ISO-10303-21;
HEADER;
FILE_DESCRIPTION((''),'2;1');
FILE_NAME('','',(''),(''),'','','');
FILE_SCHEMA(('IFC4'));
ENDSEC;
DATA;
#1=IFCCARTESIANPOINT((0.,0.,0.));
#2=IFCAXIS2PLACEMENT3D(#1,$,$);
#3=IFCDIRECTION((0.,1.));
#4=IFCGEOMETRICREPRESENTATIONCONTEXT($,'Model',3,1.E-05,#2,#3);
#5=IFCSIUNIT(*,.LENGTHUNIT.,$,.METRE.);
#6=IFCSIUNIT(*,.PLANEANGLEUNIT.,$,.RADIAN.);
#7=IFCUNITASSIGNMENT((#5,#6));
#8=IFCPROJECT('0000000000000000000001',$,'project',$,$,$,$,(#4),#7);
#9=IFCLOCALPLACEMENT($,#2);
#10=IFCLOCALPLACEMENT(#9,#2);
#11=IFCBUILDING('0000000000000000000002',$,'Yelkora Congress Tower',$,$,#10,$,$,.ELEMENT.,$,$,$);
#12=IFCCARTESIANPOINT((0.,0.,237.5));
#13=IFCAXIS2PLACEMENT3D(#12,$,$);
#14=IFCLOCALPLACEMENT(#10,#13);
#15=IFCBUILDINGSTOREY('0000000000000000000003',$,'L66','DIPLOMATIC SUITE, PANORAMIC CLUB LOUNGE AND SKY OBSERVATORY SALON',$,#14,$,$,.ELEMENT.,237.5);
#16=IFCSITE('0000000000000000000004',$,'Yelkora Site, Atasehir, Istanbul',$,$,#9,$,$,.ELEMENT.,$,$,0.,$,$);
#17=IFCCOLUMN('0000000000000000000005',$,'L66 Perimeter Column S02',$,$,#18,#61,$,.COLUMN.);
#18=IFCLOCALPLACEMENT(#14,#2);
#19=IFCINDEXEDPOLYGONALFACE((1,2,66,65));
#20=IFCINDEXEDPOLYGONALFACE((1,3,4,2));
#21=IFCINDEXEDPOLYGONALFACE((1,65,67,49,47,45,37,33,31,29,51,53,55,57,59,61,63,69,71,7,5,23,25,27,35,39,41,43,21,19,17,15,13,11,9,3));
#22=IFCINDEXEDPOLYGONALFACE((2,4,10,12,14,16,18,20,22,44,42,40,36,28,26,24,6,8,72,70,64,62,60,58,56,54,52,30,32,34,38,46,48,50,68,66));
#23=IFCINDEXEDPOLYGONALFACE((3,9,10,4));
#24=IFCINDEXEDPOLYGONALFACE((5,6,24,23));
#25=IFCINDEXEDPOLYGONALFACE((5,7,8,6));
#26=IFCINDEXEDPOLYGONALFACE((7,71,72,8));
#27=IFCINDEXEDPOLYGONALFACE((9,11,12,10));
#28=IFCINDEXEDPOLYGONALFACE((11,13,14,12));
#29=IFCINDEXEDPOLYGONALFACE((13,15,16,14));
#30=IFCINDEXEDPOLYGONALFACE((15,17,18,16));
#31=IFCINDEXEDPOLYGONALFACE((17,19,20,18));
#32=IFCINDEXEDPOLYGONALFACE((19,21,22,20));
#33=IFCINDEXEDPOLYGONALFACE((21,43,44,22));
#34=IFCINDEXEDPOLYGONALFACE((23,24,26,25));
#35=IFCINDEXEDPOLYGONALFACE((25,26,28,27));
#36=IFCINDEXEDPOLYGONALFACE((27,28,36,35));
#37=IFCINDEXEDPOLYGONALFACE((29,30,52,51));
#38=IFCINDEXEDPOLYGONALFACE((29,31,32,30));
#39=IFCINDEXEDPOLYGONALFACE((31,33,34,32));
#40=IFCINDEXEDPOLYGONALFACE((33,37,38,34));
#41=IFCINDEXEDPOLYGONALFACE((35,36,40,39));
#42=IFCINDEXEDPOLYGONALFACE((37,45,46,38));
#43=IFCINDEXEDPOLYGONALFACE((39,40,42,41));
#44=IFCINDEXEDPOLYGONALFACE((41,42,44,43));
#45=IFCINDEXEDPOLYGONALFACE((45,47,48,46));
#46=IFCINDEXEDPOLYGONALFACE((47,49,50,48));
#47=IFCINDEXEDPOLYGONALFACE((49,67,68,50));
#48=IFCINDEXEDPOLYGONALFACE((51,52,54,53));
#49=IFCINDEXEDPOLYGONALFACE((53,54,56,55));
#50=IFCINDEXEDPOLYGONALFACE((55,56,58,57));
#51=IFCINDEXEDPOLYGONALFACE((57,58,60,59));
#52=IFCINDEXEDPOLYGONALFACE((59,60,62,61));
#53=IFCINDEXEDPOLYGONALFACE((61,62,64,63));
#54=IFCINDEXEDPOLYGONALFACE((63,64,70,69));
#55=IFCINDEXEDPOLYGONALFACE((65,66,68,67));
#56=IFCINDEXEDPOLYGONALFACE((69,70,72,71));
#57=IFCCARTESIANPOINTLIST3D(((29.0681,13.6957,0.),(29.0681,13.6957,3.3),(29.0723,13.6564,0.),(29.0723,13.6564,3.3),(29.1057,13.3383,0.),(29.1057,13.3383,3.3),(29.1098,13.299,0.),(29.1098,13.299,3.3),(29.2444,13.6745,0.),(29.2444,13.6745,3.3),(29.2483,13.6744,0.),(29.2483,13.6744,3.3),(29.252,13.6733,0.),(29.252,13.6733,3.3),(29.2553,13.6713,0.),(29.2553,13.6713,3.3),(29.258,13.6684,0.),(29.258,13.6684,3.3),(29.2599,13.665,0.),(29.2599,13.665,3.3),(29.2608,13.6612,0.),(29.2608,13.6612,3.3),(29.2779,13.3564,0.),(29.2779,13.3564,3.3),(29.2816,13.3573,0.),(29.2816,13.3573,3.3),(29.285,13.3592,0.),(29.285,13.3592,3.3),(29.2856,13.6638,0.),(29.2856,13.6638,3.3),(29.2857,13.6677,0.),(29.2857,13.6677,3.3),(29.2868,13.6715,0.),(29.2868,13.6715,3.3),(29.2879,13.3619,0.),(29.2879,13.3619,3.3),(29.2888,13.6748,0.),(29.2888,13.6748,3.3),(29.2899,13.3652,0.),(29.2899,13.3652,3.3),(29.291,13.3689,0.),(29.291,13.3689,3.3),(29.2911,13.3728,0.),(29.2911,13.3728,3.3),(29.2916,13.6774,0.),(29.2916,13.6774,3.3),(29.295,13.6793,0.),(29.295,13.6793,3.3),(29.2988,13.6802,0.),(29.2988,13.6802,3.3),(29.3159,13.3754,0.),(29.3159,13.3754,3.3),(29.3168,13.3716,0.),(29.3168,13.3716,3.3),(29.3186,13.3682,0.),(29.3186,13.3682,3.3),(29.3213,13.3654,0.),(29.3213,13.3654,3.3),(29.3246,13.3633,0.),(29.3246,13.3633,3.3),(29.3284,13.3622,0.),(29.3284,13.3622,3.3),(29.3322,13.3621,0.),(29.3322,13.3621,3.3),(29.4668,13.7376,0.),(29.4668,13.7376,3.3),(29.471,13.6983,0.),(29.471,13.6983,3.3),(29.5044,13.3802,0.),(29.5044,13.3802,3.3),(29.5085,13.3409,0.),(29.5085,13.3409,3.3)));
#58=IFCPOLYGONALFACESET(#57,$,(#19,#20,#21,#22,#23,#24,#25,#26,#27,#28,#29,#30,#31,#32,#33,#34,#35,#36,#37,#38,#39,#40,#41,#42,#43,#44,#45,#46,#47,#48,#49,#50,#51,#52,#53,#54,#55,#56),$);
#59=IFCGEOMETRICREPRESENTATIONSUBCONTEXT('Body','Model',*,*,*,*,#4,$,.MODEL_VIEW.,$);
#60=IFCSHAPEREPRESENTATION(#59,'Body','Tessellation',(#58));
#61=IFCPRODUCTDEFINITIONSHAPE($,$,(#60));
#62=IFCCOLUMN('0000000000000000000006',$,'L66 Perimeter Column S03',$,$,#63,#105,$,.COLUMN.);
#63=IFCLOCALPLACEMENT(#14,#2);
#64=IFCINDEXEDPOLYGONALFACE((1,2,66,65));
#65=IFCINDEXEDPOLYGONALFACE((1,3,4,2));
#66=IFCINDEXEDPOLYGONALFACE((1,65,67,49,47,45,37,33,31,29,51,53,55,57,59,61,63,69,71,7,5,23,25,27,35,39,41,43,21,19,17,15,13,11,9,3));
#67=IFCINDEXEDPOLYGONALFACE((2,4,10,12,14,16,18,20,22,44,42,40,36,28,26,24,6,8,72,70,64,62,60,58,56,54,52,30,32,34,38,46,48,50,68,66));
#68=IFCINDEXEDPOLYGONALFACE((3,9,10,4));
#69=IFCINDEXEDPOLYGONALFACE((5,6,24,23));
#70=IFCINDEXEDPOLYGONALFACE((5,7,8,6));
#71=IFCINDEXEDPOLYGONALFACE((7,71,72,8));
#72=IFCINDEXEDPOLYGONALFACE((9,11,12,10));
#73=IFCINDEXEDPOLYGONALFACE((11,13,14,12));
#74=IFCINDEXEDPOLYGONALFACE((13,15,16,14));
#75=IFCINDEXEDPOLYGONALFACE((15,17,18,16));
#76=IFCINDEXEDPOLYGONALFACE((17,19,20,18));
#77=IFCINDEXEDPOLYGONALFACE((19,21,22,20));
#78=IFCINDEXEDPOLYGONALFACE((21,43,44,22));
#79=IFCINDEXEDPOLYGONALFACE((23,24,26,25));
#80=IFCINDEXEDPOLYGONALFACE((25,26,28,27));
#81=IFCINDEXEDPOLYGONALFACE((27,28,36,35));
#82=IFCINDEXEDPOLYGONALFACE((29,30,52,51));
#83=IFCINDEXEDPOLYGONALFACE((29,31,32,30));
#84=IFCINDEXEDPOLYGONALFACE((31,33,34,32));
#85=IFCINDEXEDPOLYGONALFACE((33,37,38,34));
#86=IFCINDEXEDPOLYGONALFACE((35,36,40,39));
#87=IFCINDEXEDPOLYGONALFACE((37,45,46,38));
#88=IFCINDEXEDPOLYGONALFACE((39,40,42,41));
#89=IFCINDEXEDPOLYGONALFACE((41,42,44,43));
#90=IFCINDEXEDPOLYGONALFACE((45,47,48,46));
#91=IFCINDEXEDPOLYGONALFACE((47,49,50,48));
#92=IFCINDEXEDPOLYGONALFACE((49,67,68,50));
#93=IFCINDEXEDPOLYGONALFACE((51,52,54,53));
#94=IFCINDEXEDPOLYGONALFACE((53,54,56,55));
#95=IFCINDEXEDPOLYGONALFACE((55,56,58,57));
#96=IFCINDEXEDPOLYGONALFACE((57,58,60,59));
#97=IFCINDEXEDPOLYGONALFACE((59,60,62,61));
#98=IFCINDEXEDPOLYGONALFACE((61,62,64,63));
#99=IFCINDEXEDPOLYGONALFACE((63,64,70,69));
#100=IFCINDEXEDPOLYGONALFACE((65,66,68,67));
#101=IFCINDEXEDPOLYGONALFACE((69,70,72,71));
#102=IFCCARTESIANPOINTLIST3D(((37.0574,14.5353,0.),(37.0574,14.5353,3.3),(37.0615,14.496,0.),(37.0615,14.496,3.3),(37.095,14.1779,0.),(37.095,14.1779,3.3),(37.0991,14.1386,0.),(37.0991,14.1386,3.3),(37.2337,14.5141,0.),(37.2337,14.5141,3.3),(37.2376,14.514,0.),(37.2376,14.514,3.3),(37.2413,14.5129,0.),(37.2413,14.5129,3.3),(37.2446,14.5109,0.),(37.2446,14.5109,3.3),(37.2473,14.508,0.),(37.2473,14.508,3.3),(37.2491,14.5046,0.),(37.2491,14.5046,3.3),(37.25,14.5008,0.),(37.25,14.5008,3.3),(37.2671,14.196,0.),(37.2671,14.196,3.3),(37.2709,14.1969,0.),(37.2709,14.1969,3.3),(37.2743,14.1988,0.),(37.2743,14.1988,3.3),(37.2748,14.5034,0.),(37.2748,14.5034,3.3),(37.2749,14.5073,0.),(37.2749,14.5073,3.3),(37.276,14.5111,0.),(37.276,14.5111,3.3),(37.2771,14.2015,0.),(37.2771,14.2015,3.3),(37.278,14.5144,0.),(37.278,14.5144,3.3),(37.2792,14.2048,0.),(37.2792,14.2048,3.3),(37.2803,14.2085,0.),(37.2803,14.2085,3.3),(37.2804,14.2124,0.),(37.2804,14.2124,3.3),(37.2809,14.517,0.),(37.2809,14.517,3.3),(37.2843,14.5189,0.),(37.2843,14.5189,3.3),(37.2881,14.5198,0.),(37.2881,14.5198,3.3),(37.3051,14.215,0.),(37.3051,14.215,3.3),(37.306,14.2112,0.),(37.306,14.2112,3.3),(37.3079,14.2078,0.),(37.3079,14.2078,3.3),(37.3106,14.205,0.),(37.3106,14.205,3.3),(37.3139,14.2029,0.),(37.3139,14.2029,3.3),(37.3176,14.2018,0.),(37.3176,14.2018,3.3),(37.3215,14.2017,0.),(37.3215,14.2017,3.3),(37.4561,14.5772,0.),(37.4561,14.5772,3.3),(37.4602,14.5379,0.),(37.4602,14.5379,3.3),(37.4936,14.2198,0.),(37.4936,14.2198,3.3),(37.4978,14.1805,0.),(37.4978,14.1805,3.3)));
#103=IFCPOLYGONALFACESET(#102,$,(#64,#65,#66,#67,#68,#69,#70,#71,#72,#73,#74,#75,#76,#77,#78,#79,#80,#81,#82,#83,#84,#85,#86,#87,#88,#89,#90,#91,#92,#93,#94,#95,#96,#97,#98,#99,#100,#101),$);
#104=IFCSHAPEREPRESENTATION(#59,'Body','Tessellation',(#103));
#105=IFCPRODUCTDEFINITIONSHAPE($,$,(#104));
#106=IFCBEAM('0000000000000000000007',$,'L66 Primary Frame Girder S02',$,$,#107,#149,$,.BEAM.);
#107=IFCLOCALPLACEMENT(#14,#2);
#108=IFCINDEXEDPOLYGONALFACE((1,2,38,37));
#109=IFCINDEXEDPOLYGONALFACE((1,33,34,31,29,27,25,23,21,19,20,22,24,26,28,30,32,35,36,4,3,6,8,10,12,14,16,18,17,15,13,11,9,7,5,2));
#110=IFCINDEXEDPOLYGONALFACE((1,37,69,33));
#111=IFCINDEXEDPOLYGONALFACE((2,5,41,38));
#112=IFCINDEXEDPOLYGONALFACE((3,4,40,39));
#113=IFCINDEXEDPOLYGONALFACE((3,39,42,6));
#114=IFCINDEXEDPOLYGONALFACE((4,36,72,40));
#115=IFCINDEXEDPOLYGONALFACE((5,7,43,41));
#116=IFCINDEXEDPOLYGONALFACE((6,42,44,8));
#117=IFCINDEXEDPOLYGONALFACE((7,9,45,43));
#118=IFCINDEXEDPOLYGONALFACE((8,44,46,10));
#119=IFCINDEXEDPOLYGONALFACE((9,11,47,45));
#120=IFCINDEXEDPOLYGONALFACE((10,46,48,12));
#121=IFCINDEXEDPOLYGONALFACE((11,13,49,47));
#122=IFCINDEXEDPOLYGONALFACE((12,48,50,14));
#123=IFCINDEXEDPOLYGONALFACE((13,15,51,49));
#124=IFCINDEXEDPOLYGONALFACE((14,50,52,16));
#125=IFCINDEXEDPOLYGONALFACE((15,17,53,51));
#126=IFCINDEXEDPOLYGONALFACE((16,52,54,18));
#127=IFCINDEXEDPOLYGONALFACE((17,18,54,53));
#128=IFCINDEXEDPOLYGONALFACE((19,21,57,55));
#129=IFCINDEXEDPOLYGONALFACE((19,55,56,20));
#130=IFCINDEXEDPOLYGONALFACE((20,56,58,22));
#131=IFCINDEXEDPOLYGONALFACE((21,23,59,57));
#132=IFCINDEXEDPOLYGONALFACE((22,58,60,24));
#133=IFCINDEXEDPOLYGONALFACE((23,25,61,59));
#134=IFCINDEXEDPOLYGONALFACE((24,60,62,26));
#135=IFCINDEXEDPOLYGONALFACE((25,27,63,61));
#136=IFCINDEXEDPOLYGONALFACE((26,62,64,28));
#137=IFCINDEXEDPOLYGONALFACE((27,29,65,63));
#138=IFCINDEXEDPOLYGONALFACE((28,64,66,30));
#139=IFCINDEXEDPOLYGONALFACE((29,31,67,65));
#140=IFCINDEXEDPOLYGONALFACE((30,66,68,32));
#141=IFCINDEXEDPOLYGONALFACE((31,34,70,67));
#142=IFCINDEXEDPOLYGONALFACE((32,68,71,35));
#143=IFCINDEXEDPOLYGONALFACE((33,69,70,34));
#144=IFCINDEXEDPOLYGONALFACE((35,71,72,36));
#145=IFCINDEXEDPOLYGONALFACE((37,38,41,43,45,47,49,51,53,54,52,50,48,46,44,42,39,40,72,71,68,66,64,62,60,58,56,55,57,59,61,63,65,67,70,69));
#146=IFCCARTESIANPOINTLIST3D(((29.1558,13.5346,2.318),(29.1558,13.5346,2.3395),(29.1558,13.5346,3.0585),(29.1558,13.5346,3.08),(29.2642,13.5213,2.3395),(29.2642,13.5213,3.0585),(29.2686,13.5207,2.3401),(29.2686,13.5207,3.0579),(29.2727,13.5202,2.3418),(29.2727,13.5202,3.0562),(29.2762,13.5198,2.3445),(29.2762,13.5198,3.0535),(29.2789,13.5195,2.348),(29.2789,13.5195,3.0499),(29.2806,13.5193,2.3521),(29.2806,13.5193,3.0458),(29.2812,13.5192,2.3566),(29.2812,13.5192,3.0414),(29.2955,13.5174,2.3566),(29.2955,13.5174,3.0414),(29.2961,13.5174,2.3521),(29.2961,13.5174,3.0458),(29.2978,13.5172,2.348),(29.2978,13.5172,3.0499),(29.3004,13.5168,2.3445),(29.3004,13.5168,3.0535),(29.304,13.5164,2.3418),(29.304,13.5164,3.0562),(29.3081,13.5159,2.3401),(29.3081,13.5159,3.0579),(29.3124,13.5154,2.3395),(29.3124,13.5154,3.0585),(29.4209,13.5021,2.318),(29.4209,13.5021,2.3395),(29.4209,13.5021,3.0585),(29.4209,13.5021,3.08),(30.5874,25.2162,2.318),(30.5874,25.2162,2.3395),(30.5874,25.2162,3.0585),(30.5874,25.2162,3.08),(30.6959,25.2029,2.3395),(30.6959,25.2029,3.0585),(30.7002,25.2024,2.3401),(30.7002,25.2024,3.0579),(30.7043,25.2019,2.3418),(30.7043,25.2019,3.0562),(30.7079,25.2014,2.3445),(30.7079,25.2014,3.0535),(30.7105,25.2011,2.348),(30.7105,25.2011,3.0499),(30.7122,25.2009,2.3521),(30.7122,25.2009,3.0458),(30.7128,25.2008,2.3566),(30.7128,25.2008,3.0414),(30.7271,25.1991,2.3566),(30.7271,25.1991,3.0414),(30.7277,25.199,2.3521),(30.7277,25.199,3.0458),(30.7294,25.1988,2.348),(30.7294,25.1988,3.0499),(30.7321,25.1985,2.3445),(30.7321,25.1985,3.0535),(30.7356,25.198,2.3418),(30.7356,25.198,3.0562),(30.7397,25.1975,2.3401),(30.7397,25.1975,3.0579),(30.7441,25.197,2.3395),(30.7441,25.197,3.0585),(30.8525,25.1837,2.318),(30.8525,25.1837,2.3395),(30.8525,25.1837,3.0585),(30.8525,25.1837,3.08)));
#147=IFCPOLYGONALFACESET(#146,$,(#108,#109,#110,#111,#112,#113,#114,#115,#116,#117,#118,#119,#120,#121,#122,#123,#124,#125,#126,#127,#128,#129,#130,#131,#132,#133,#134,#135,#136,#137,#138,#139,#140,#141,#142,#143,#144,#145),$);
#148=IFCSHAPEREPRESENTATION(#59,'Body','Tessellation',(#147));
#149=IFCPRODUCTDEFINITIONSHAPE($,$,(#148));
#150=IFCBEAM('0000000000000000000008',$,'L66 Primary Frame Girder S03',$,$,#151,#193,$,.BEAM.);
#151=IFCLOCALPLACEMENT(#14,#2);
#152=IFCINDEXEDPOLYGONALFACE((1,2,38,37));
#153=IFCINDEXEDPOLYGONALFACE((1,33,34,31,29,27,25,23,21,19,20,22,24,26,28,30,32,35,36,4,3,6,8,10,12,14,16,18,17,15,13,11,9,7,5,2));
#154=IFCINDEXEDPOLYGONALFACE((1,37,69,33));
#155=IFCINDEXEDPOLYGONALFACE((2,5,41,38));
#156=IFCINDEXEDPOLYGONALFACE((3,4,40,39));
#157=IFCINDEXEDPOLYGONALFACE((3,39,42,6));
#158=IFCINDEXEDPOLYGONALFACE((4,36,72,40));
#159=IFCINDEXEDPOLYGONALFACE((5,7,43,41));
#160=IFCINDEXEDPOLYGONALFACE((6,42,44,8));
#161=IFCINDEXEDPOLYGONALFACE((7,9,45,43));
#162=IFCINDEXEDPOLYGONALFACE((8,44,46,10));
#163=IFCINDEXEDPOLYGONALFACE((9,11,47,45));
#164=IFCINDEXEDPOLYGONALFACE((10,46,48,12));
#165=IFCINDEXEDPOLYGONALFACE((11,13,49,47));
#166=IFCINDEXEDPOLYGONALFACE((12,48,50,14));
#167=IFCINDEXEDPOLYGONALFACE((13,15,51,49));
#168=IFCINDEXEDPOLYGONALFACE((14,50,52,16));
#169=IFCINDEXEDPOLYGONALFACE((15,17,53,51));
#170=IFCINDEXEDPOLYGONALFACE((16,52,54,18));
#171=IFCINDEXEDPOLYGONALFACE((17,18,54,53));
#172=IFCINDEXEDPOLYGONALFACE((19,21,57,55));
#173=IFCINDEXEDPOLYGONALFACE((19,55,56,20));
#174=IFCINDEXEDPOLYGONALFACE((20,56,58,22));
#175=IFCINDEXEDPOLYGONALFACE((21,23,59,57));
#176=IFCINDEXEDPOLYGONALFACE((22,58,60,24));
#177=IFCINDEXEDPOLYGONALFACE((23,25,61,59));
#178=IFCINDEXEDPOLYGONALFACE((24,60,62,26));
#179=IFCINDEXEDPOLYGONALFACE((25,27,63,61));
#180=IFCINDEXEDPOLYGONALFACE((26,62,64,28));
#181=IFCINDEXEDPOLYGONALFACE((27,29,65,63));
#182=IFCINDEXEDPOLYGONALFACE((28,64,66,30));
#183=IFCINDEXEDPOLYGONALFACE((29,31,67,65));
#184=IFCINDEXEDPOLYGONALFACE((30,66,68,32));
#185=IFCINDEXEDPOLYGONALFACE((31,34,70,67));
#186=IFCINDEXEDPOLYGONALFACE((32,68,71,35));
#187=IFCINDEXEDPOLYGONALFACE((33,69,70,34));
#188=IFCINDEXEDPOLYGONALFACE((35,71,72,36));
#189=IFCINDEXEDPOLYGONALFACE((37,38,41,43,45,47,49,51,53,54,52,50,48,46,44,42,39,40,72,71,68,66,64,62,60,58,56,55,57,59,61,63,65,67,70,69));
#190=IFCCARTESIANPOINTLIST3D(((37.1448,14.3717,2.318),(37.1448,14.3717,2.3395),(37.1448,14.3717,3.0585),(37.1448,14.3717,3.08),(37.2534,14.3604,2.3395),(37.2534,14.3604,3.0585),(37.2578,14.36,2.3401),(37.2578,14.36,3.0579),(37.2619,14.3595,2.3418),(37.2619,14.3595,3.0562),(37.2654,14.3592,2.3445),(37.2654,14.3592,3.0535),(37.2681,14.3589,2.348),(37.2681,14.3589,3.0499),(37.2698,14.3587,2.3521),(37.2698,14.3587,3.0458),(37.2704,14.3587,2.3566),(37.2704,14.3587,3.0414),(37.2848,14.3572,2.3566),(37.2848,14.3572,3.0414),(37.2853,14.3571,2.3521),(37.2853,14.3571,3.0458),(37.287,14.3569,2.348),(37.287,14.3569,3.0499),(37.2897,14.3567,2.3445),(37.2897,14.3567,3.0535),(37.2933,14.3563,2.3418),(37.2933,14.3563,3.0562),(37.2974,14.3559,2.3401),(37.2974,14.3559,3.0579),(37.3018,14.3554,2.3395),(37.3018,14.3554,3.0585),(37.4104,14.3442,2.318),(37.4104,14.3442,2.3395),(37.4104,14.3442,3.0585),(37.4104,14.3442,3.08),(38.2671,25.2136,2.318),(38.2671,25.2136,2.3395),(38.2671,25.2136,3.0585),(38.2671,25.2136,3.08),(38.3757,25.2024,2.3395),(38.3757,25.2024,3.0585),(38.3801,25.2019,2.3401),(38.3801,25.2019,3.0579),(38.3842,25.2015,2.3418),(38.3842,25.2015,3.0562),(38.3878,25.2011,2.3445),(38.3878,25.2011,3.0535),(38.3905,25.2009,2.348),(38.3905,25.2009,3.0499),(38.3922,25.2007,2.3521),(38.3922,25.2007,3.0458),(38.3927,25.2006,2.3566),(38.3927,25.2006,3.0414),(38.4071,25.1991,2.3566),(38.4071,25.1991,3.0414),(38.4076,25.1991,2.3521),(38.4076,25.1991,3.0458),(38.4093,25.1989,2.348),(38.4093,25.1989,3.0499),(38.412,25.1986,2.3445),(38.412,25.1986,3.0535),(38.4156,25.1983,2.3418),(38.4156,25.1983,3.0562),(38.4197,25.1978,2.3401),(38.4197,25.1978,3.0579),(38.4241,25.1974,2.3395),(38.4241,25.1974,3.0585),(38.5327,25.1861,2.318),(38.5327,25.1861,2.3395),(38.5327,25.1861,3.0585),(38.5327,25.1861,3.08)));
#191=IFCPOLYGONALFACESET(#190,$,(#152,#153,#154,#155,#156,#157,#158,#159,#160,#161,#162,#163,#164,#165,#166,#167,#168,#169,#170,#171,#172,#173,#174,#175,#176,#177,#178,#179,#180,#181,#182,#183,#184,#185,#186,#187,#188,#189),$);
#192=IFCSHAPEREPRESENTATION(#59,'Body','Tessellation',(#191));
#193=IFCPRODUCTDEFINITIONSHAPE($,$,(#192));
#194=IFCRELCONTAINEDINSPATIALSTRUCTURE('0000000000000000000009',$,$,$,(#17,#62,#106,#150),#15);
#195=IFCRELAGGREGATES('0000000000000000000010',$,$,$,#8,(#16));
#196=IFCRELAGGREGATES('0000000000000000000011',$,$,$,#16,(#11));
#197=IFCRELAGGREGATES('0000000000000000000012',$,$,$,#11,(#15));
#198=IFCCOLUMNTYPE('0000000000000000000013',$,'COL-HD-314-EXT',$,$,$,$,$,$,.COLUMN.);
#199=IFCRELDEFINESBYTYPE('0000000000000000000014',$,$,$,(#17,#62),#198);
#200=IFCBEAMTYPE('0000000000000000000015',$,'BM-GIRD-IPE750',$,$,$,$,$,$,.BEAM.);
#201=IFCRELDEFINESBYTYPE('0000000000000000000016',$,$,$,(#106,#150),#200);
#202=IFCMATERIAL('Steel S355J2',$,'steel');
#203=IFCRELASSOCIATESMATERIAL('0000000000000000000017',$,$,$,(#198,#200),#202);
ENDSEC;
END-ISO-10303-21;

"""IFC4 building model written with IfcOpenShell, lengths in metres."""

from ifc_helpers import new_model, si_unit, direction, frame, origin, origin_2d, place, context, subcontext, project, spatial, i_section, extrude, material, material_profile, profile_set, type_object, element, save


model = new_model("IFC4")

# Units and contexts
model_context = context("Model", 3, precision=1e-05, world=origin(), true_north=direction((0.0, 1.0)))
body_context = subcontext(model_context, "Body", "Model", "MODEL_VIEW")
ifc_project = project(units=[si_unit("LENGTHUNIT", "METRE"), si_unit("PLANEANGLEUNIT", "RADIAN")], contexts=[model_context])

# Site, building, storey
site_placement = place(None, origin())
site = spatial("IfcSite", under=ifc_project, at=site_placement, Name="Yelkora Site, Atasehir, Istanbul", CompositionType="ELEMENT", RefElevation=0.0)
building_placement = place(site_placement, origin())
building = spatial("IfcBuilding", under=site, at=building_placement, Name="Yelkora Congress Tower", CompositionType="ELEMENT")
storey_placement = place(building_placement, frame((0.0, 0.0, 237.5)))
storey = spatial("IfcBuildingStorey", under=building, at=storey_placement, Name="L66", Description="DIPLOMATIC SUITE, PANORAMIC CLUB LOUNGE AND SKY OBSERVATORY SALON", CompositionType="ELEMENT", Elevation=237.5)

# Columns
ifc_material_1 = material(Name="Steel S355J2", Category="steel")
ifc_material_profile_1 = material_profile(ifc_material_1, i_section(OverallWidth=0.4009, OverallDepth=0.3989, WebThickness=0.0249, FlangeThickness=0.0396, FilletRadius=0.0149, at=origin_2d()), Name="HD 400x314")
ifc_profile_set_1 = profile_set([ifc_material_profile_1], Name="Steel S355J2")
column_type = type_object("IfcColumnType", Name="COL-HD-314-EXT", PredefinedType="COLUMN", material=ifc_profile_set_1)
for number, where, z_axis, x_axis, name in (
    (1, (29.2883, 13.5183, 0.0), (0.0, 0.0, 1.0), (0.994522, 0.104528, 0.0), "L66 Perimeter Column S02"),
    (2, (37.2776, 14.3579, 0.0), (0.0, 0.0, 1.0), (0.994522, 0.104528, 0.0), "L66 Perimeter Column S03"),
):
    element("IfcColumn", number, at=place(storey_placement, frame(where, z_axis=z_axis, x_axis=x_axis)), inside=storey, type_object=column_type, Name=name, PredefinedType="COLUMN", context=body_context, shape_type="SweptSolid", body=[
        extrude(i_section(OverallWidth=0.4009, OverallDepth=0.3989, WebThickness=0.0249, FlangeThickness=0.0396, FilletRadius=0.0149, at=origin_2d()), origin(), (0.0, 0.0, 1.0), 3.3),
    ])

# Beams
ifc_material_profile_2 = material_profile(ifc_material_1, i_section(OverallWidth=0.2671, OverallDepth=0.762, WebThickness=0.0144, FlangeThickness=0.0215, FilletRadius=0.0171, at=origin_2d()), Name="IPE 750x173")
ifc_profile_set_2 = profile_set([ifc_material_profile_2], Name="Steel S355J2")
beam_type_1 = type_object("IfcBeamType", Name="BM-GIRD-IPE750", PredefinedType="BEAM", material=ifc_profile_set_2)
beam_1_placement = place(storey_placement, frame((29.2883, 13.5183, 2.699), z_axis=(0.121645, 0.992574, 0.0), x_axis=(-0.992574, 0.121645, 0.0)))
element("IfcBeam", 3, at=beam_1_placement, inside=storey, type_object=beam_type_1, Name="L66 Primary Frame Girder S02", PredefinedType="BEAM", context=body_context, shape_type="SweptSolid", body=[
    extrude(i_section(OverallWidth=0.2671, OverallDepth=0.762, WebThickness=0.0144, FlangeThickness=0.0215, FilletRadius=0.0171, at=origin_2d()), origin(), (0.0, 0.0, 1.0), 11.769),
])
beam_2_placement = place(storey_placement, frame((37.2776, 14.3579, 2.699), z_axis=(0.102965, 0.994685, 0.0), x_axis=(-0.994685, 0.102965, 0.0)))
element("IfcBeam", 4, at=beam_2_placement, inside=storey, type_object=beam_type_1, Name="L66 Primary Frame Girder S03", PredefinedType="BEAM", context=body_context, shape_type="SweptSolid", body=[
    extrude(i_section(OverallWidth=0.2671, OverallDepth=0.762, WebThickness=0.0144, FlangeThickness=0.0215, FilletRadius=0.0171, at=origin_2d()), origin(), (0.0, 0.0, 1.0), 10.8999),
])

save(model, "model.ifc")
